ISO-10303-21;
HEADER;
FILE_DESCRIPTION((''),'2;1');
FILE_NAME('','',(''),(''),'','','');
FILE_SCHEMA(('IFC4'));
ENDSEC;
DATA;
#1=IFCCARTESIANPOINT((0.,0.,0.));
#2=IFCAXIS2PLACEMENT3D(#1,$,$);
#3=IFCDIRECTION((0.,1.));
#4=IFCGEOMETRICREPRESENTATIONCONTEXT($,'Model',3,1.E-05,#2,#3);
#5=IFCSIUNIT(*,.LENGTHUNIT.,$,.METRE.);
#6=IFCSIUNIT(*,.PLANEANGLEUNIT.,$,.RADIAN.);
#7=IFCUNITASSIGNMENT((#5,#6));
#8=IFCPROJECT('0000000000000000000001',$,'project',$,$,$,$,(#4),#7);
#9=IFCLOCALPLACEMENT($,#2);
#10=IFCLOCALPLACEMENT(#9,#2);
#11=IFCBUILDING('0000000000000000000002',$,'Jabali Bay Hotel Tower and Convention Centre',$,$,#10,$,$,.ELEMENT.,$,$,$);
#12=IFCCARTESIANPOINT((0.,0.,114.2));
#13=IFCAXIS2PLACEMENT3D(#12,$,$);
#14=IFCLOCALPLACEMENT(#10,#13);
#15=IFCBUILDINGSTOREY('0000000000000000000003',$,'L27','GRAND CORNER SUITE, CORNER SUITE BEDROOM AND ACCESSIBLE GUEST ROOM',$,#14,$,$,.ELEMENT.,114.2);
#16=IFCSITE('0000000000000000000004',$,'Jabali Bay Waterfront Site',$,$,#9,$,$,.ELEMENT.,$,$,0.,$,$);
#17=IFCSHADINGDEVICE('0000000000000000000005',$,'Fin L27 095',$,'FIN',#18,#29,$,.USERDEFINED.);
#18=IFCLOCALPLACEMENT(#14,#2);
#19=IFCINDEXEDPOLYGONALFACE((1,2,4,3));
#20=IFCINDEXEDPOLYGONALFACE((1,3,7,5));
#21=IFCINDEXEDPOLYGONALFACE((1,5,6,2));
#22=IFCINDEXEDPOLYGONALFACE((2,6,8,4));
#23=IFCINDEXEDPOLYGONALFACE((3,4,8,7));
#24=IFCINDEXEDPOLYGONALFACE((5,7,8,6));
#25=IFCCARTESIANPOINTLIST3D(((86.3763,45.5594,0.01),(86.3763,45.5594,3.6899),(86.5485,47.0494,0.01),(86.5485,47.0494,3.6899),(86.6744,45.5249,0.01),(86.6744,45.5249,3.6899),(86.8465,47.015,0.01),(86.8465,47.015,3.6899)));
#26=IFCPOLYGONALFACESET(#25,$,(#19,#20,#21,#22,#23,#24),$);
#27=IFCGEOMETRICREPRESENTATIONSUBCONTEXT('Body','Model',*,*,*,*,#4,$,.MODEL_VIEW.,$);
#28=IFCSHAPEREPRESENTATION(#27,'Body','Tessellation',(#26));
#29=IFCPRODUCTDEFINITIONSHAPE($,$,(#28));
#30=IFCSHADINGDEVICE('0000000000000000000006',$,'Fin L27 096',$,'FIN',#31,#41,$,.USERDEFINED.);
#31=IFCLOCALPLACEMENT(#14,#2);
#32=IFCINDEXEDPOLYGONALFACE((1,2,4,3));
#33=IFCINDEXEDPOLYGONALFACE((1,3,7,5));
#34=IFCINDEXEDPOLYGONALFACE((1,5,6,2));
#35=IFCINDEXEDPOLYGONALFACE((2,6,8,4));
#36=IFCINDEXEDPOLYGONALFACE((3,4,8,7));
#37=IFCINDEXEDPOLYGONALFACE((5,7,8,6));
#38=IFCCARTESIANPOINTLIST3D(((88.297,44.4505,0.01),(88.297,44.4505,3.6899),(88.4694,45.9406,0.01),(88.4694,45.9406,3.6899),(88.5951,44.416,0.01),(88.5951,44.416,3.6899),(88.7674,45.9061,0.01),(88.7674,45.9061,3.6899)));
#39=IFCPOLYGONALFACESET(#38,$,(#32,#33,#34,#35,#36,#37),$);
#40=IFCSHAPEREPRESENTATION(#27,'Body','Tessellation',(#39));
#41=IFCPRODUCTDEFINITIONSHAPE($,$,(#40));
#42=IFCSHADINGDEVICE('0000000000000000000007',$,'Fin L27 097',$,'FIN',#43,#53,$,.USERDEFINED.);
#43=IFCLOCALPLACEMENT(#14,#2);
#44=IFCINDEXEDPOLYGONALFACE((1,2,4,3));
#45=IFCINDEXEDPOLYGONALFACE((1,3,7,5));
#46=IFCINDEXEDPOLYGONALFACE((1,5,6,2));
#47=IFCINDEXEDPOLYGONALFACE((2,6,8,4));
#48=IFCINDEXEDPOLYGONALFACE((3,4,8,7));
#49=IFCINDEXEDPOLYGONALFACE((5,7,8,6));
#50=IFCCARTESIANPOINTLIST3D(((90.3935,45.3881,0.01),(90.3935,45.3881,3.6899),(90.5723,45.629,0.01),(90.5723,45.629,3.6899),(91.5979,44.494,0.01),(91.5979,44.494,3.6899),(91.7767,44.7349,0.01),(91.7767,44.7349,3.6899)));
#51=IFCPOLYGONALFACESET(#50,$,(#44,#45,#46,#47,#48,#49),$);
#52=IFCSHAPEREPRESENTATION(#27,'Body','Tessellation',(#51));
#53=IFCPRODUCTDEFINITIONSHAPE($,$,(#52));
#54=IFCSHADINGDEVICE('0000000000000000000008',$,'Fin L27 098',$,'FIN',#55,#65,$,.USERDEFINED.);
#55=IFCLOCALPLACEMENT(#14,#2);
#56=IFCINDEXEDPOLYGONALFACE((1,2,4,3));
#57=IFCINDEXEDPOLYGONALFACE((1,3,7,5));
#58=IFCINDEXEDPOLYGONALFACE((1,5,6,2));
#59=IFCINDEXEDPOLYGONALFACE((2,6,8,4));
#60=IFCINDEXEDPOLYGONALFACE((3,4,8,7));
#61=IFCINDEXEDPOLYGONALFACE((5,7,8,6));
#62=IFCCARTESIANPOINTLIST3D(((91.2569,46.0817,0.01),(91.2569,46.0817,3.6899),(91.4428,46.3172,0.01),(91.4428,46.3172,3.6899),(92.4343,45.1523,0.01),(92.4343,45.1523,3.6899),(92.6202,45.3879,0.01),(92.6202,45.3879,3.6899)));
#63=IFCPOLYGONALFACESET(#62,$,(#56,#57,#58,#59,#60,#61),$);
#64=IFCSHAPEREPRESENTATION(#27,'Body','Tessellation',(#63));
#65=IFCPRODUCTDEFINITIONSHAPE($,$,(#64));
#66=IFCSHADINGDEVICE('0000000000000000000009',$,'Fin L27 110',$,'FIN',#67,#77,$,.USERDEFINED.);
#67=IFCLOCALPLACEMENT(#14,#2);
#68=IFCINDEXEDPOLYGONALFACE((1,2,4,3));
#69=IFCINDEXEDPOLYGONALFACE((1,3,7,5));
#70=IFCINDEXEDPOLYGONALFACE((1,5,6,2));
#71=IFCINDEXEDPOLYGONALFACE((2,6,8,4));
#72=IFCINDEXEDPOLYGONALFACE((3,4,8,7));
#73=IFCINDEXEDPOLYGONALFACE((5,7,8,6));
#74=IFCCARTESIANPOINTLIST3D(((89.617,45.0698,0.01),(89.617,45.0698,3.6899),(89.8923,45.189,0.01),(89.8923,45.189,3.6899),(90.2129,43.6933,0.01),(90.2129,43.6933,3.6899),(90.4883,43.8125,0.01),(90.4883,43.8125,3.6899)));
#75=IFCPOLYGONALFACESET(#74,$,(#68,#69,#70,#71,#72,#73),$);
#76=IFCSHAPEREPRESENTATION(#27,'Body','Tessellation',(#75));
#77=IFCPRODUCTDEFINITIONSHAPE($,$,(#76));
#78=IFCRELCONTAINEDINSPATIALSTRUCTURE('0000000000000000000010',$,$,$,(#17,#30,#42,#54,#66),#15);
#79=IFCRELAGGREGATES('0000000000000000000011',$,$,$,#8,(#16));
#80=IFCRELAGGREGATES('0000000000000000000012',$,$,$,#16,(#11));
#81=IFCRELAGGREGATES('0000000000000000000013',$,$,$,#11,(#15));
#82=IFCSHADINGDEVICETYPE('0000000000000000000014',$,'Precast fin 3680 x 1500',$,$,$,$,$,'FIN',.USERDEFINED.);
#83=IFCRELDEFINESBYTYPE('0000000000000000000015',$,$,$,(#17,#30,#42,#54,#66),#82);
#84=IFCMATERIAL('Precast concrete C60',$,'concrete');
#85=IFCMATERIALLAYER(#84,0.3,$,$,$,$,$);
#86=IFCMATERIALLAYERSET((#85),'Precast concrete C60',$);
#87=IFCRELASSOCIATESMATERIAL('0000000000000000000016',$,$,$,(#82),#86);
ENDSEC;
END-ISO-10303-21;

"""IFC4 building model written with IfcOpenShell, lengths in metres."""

from ifc_helpers import new_model, si_unit, direction, frame, frame_2d, origin, place, context, subcontext, project, spatial, rectangle, extrude, material, layer, layer_set, type_object, element, save


model = new_model("IFC4")

# Units and contexts
model_context = context("Model", 3, precision=1e-05, world=origin(), true_north=direction((0.0, 1.0)))
body_context = subcontext(model_context, "Body", "Model", "MODEL_VIEW")
ifc_project = project(units=[si_unit("LENGTHUNIT", "METRE"), si_unit("PLANEANGLEUNIT", "RADIAN")], contexts=[model_context])

# Site, building, storey
site_placement = place(None, origin())
site = spatial("IfcSite", under=ifc_project, at=site_placement, Name="Jabali Bay Waterfront Site", CompositionType="ELEMENT", RefElevation=0.0)
building_placement = place(site_placement, origin())
building = spatial("IfcBuilding", under=site, at=building_placement, Name="Jabali Bay Hotel Tower and Convention Centre", CompositionType="ELEMENT")
storey_placement = place(building_placement, frame((0.0, 0.0, 114.2)))
storey = spatial("IfcBuildingStorey", under=building, at=storey_placement, Name="L27", Description="GRAND CORNER SUITE, CORNER SUITE BEDROOM AND ACCESSIBLE GUEST ROOM", CompositionType="ELEMENT", Elevation=114.2)

# Shading devices
ifc_material_1 = material(Name="Precast concrete C60", Category="concrete")
ifc_layer_1 = layer(ifc_material_1, 0.3)
ifc_layer_set_1 = layer_set([ifc_layer_1], Name="Precast concrete C60")
shading_device_type = type_object("IfcShadingDeviceType", Name="Precast fin 3680 x 1500", ElementType="FIN", PredefinedType="USERDEFINED", material=ifc_layer_set_1)
for number, where, z_axis, x_axis, name in (
    (1, (86.6975, 47.0322, 0.01), (0.0, 0.0, 1.0), (-0.114754, -0.993394, 0.0), "Fin L27 095"),
    (2, (88.6184, 45.9233, 0.01), (0.0, 0.0, 1.0), (-0.114914, -0.993375, 0.0), "Fin L27 096"),
    (3, (90.4829, 45.5085, 0.01), (0.0, 0.0, 1.0), (0.80294, -0.59606, 0.0), "Fin L27 097"),
    (4, (91.3499, 46.1995, 0.01), (0.0, 0.0, 1.0), (0.784933, -0.619581, 0.0), "Fin L27 098"),
    (5, (89.7546, 45.1294, 0.01), (0.0, 0.0, 1.0), (0.397315, -0.917682, 0.0), "Fin L27 110"),
):
    element("IfcShadingDevice", number, at=place(storey_placement, frame(where, z_axis=z_axis, x_axis=x_axis)), inside=storey, type_object=shading_device_type, Name=name, ObjectType="FIN", PredefinedType="USERDEFINED", context=body_context, shape_type="SweptSolid", body=[
        extrude(rectangle(XDim=1.5, YDim=0.3, at=frame_2d((0.75, 0.0))), origin(), (0.0, 0.0, 1.0), 3.6799),
    ])

save(model, "model.ifc")
